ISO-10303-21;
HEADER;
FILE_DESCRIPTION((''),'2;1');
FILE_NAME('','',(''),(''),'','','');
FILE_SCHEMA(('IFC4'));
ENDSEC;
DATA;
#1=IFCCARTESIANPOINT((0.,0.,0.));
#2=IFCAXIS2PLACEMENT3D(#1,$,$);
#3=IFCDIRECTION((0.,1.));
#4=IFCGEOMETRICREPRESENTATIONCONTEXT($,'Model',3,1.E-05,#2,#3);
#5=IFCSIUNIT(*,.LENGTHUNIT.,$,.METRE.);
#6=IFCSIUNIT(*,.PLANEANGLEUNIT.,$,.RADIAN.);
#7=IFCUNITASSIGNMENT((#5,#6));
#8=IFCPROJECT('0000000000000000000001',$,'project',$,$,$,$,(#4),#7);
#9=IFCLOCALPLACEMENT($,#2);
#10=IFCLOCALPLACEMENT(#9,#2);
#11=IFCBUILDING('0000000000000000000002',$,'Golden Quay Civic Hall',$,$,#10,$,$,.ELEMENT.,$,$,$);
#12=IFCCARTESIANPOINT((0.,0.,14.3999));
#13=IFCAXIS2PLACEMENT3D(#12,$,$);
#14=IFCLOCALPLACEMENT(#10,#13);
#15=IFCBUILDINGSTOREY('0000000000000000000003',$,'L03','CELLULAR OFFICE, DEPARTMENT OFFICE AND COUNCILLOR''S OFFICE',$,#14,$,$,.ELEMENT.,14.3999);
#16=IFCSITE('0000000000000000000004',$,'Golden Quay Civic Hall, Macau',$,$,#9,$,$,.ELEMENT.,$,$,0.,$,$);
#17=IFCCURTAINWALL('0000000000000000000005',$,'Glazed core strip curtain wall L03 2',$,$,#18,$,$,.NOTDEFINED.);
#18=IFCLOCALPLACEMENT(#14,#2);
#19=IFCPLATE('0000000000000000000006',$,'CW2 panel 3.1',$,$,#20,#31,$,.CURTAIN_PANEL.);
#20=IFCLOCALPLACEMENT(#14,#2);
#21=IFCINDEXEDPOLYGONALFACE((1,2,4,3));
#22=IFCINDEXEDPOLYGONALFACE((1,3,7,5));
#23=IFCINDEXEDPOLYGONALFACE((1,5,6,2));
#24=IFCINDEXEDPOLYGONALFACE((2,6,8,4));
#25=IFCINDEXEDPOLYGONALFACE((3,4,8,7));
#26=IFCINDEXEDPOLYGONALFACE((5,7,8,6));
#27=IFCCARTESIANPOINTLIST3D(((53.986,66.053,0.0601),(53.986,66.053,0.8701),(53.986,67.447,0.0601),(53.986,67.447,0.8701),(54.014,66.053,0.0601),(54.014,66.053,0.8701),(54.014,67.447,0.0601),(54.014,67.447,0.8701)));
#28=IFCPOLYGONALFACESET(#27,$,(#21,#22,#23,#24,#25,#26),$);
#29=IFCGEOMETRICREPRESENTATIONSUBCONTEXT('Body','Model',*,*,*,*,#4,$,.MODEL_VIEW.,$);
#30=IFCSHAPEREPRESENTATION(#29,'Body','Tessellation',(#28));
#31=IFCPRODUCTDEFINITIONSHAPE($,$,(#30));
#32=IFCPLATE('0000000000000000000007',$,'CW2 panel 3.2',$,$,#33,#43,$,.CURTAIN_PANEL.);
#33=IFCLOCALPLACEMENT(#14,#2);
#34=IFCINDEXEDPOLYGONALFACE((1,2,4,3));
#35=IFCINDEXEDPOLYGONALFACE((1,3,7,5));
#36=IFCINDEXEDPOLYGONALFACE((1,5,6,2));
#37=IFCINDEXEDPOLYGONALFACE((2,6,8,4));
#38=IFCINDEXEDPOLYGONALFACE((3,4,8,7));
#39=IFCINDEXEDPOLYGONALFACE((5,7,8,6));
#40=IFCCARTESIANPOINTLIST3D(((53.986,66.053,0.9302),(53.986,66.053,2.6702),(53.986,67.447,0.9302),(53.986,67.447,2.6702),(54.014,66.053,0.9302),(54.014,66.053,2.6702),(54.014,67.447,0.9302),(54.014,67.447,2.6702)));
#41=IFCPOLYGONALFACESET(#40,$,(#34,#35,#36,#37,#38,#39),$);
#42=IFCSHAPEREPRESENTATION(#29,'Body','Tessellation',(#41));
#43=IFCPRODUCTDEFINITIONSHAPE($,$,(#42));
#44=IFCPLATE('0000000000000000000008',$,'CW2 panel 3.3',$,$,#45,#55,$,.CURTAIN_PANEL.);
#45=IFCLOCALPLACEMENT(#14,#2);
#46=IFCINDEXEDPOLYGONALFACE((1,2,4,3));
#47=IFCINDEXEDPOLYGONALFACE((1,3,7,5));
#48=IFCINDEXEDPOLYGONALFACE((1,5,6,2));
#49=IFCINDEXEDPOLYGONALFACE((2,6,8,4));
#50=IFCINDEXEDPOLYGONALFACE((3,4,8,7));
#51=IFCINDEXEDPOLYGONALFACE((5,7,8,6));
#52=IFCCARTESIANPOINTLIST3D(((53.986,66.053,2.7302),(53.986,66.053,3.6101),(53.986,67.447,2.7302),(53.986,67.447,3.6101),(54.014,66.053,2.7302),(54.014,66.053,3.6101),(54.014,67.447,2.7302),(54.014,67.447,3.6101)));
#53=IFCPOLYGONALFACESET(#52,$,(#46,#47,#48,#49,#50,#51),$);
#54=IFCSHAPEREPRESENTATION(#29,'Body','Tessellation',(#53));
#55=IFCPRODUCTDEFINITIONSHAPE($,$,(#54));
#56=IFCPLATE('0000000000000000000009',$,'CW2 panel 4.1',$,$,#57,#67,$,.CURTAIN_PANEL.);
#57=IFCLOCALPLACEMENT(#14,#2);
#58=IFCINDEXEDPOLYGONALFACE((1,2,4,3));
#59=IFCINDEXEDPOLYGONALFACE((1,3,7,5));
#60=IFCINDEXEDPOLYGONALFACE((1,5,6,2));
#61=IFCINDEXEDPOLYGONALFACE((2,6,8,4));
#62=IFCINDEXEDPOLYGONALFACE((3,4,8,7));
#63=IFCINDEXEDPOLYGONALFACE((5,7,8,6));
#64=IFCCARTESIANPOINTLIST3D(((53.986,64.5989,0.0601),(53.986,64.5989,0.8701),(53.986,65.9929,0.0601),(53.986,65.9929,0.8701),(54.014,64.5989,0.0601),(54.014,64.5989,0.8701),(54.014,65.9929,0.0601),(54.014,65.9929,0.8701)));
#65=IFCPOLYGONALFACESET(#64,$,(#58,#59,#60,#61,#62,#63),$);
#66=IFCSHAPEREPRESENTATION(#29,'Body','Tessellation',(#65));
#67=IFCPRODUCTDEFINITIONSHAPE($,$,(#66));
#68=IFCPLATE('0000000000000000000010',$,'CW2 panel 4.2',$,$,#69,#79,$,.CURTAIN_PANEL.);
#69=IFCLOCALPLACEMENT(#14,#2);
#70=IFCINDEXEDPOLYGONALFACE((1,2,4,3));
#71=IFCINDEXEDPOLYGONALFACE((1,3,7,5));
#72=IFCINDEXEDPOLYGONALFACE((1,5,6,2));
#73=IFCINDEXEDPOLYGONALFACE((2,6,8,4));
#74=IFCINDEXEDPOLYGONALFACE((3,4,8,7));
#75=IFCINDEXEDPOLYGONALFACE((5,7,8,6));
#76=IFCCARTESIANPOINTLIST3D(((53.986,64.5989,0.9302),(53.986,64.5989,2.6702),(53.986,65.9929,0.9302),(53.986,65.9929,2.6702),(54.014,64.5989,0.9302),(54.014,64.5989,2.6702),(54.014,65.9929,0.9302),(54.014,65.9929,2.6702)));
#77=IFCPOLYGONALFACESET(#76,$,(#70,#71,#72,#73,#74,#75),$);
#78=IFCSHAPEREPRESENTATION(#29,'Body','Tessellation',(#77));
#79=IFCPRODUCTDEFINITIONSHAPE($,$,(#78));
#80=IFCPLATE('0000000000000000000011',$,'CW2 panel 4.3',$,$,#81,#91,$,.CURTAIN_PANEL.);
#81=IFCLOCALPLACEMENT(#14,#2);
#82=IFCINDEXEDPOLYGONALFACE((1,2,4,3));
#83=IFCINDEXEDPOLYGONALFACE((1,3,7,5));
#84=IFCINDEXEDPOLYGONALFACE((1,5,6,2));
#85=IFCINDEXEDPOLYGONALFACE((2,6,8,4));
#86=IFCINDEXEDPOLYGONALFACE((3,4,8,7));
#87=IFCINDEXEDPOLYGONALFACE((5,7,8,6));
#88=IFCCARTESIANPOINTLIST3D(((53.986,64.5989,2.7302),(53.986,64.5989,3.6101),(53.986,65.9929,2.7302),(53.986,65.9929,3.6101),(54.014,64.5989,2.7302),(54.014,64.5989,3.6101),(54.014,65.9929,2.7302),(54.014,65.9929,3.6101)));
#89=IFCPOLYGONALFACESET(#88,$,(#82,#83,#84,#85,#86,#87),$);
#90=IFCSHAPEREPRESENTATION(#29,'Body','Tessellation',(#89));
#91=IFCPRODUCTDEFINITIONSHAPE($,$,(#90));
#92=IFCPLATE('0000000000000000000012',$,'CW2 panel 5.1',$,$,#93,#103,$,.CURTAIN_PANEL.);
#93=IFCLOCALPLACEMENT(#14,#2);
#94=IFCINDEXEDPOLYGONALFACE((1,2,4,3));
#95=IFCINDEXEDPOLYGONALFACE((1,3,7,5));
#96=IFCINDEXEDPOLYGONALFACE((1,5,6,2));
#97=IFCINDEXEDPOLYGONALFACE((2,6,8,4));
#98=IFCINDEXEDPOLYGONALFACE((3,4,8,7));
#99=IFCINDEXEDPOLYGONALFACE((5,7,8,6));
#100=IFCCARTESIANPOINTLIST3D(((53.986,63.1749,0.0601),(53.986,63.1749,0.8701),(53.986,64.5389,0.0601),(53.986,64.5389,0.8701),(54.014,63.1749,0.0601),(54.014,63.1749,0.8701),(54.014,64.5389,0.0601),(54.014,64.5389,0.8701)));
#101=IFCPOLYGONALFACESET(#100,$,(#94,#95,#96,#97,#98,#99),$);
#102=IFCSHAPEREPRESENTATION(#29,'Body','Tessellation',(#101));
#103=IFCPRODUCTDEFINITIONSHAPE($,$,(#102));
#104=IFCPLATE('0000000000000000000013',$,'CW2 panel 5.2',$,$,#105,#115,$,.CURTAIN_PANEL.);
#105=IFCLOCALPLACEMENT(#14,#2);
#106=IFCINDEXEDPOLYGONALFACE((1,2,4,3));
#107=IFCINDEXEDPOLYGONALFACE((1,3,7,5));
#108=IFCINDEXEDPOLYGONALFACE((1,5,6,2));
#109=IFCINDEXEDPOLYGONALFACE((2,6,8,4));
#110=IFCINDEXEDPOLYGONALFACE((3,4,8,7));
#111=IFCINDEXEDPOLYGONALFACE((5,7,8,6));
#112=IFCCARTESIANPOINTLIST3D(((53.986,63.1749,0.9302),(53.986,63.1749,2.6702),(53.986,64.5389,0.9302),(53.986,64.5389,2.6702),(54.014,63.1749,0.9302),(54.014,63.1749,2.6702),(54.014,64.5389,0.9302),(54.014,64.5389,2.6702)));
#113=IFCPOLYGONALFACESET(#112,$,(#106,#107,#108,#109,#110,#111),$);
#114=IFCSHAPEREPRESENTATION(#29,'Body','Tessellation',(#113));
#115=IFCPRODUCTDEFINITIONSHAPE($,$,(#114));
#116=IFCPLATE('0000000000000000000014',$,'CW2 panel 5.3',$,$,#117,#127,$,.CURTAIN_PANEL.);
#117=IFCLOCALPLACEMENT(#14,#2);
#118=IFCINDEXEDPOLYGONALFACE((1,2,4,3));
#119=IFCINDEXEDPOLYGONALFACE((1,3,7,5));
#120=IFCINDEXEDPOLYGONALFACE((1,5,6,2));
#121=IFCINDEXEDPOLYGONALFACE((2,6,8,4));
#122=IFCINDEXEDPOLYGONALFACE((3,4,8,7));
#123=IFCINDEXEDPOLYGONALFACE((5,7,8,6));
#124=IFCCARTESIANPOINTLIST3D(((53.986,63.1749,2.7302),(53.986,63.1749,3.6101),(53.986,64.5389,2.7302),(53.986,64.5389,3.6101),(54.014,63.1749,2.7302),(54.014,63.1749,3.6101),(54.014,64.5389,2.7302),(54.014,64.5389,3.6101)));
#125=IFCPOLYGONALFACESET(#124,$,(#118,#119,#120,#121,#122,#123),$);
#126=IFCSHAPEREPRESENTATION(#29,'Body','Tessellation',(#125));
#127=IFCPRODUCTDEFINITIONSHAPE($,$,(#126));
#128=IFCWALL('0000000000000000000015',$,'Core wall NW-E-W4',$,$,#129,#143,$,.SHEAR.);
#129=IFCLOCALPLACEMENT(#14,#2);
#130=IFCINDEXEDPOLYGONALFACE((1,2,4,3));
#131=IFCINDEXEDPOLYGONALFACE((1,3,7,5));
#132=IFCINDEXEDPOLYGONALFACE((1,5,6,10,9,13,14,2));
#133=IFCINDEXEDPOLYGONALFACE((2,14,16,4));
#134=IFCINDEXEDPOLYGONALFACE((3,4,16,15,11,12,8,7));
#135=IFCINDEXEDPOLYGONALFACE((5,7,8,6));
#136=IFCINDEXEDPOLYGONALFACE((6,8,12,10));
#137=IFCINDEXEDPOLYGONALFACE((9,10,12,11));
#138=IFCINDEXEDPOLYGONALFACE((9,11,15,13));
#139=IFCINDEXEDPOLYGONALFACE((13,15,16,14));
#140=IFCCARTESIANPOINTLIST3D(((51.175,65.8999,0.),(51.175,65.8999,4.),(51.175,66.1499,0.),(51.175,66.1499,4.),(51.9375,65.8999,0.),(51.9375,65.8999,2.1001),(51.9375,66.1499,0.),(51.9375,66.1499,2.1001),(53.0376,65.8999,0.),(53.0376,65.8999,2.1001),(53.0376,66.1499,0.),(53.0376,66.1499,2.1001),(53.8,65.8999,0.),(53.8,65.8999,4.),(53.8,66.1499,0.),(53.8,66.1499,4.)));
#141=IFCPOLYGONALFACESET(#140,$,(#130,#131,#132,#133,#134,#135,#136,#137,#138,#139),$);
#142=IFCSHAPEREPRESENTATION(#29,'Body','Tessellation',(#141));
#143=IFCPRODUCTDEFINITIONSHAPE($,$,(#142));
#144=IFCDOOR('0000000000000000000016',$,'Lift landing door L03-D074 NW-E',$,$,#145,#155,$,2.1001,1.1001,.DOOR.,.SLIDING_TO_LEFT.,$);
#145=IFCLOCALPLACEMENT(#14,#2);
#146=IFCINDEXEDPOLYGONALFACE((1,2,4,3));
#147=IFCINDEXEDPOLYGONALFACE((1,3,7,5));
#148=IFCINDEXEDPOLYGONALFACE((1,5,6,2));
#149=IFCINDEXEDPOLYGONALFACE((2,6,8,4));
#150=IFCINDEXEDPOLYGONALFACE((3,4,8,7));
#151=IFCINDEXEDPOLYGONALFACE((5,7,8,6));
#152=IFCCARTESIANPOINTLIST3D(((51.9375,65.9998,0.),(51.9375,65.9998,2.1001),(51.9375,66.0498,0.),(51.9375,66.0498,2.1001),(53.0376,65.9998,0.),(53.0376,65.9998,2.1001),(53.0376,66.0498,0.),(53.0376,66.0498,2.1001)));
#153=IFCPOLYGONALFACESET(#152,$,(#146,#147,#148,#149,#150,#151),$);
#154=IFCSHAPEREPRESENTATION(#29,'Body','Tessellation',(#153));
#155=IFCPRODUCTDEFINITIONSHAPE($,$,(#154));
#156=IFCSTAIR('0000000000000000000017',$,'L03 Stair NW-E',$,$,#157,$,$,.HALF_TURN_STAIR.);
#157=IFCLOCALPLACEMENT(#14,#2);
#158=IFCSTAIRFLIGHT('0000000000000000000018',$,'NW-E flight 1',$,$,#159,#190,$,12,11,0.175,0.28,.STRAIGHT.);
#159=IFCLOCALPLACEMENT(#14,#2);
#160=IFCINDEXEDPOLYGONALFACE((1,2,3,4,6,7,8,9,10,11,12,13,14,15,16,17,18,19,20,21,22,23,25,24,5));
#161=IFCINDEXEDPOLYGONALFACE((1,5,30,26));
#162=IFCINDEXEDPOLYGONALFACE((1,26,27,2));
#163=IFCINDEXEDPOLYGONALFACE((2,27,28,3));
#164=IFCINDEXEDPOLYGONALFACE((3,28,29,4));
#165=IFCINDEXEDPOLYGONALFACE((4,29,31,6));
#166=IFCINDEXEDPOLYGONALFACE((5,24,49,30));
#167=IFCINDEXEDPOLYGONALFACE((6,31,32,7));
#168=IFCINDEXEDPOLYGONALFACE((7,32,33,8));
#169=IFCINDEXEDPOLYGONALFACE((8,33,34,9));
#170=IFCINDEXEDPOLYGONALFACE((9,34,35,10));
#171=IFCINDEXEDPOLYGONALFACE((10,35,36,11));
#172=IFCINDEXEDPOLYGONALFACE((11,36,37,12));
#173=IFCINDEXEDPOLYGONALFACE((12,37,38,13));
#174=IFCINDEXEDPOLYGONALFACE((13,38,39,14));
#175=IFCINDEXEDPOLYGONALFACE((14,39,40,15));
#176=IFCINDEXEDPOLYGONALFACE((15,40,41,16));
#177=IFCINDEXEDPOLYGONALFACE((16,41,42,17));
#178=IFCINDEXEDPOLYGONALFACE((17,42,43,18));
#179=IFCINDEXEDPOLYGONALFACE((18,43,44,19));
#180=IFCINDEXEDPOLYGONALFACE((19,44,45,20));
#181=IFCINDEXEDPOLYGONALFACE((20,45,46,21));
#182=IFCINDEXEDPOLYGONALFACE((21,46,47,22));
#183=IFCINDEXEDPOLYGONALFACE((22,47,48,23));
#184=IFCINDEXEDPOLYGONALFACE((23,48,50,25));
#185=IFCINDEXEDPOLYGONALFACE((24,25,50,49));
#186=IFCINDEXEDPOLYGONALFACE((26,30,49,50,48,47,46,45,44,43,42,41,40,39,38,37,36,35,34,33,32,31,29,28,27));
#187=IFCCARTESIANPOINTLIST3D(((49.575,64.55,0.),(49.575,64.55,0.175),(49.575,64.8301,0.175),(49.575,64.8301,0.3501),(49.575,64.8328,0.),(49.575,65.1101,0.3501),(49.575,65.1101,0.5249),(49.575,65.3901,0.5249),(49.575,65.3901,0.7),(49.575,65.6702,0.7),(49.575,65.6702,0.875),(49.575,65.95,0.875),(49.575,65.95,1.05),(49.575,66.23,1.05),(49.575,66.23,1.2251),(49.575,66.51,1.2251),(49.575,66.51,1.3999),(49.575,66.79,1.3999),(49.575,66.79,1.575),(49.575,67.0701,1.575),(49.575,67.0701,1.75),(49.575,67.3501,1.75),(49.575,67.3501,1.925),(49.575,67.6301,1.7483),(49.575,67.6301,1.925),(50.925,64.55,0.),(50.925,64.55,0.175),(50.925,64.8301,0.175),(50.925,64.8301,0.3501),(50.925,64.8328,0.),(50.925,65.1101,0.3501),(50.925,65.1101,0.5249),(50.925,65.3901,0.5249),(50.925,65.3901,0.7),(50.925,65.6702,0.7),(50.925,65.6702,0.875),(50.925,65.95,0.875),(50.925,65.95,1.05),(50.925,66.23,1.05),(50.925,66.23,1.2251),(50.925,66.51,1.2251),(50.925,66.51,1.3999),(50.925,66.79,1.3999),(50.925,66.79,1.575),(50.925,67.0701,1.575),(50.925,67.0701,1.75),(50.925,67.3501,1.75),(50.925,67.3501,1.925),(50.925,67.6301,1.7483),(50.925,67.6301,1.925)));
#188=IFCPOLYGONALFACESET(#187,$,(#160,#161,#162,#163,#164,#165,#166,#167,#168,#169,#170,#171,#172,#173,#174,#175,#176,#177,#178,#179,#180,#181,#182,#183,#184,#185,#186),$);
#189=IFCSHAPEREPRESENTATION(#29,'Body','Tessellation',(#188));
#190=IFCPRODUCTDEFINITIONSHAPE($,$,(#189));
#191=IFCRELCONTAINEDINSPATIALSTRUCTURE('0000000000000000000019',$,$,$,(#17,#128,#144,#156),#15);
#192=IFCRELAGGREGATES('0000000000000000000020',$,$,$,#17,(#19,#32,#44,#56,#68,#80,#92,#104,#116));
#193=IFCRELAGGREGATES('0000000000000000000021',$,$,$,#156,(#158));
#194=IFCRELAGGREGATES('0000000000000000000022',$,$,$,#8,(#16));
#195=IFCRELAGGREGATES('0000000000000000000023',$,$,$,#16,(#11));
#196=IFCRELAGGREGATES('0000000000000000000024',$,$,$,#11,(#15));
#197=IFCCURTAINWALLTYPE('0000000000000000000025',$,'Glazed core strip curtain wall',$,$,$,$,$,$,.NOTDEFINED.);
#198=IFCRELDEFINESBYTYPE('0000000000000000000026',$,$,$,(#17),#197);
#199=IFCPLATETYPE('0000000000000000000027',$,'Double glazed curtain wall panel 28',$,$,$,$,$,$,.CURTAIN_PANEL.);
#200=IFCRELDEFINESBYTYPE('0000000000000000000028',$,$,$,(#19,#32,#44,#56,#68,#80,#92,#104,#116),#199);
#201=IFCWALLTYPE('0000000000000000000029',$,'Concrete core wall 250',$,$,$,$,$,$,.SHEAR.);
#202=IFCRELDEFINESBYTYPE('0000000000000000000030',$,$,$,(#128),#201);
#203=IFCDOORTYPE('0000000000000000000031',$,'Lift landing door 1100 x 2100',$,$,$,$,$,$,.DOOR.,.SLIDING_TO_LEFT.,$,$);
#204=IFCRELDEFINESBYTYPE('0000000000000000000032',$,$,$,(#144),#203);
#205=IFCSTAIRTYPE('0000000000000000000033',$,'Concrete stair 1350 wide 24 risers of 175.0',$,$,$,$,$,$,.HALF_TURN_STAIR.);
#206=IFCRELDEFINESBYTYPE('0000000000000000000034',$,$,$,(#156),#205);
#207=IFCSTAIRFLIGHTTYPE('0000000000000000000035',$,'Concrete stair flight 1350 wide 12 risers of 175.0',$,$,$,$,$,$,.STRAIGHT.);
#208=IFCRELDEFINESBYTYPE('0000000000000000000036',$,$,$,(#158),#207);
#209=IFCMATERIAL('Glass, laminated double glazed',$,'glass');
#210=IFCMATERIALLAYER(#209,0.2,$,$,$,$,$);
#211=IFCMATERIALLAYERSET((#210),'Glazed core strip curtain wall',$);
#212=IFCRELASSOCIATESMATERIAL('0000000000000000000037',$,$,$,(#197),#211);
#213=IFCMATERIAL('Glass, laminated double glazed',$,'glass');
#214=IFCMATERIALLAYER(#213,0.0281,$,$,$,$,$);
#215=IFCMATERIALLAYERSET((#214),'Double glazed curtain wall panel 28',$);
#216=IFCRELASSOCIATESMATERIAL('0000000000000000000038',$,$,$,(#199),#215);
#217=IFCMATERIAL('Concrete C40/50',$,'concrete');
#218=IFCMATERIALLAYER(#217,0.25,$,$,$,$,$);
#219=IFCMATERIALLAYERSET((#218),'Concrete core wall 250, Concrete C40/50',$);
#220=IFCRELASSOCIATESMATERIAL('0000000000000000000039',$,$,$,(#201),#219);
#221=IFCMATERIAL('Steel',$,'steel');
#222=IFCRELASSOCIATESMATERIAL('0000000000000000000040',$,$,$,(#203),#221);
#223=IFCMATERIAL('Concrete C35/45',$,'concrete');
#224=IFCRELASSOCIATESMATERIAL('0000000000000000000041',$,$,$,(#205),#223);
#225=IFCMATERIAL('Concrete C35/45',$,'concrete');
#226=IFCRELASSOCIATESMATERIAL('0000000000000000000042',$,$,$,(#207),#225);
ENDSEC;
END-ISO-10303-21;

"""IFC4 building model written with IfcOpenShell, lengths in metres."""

from ifc_helpers import new_model, si_unit, direction, frame, frame_2d, origin, origin_2d, place, context, subcontext, project, spatial, polyline, rectangle, outline, extrude, material, layer, layer_set, type_object, element, fill, aggregate, save


model = new_model("IFC4")

# Units and contexts
model_context = context("Model", 3, precision=1e-05, world=origin(), true_north=direction((0.0, 1.0)))
body_context = subcontext(model_context, "Body", "Model", "MODEL_VIEW")
ifc_project = project(units=[si_unit("LENGTHUNIT", "METRE"), si_unit("PLANEANGLEUNIT", "RADIAN")], contexts=[model_context])

# Site, building, storey
site_placement = place(None, origin())
site = spatial("IfcSite", under=ifc_project, at=site_placement, Name="Golden Quay Civic Hall, Macau", CompositionType="ELEMENT", RefElevation=0.0)
building_placement = place(site_placement, origin())
building = spatial("IfcBuilding", under=site, at=building_placement, Name="Golden Quay Civic Hall", CompositionType="ELEMENT")
storey_placement = place(building_placement, frame((0.0, 0.0, 14.3999)))
storey = spatial("IfcBuildingStorey", under=building, at=storey_placement, Name="L03", Description="CELLULAR OFFICE, DEPARTMENT OFFICE AND COUNCILLOR'S OFFICE", CompositionType="ELEMENT", Elevation=14.3999)

# Curtain wall
ifc_material_1 = material(Name="Glass, laminated double glazed", Category="glass")
ifc_layer_1 = layer(ifc_material_1, 0.2)
ifc_layer_set_1 = layer_set([ifc_layer_1], Name="Glazed core strip curtain wall")
curtain_wall_type = type_object("IfcCurtainWallType", Name="Glazed core strip curtain wall", PredefinedType="NOTDEFINED", material=ifc_layer_set_1)
curtain_wall_placement = place(storey_placement, origin())
curtain_wall = element("IfcCurtainWall", 1, at=curtain_wall_placement, inside=storey, type_object=curtain_wall_type, Name="Glazed core strip curtain wall L03 2", PredefinedType="NOTDEFINED")

# Plates
ifc_material_2 = material(Name="Glass, laminated double glazed", Category="glass")
ifc_layer_2 = layer(ifc_material_2, 0.0281)
ifc_layer_set_2 = layer_set([ifc_layer_2], Name="Double glazed curtain wall panel 28")
plate_type = type_object("IfcPlateType", Name="Double glazed curtain wall panel 28", PredefinedType="CURTAIN_PANEL", material=ifc_layer_set_2)
plate_1_placement = place(storey_placement, frame((54.0, 66.75, 0.0601), z_axis=(0.0, 0.0, 1.0), x_axis=(0.0, -1.0, 0.0)))
plate_1 = element("IfcPlate", 2, at=plate_1_placement, type_object=plate_type, Name="CW2 panel 3.1", PredefinedType="CURTAIN_PANEL", context=body_context, shape_type="SweptSolid", body=[
    extrude(rectangle(XDim=1.394, YDim=0.0281, at=origin_2d()), origin(), (0.0, 0.0, 1.0), 0.8101),
])
plate_2_placement = place(storey_placement, frame((54.0, 66.75, 0.9302), z_axis=(0.0, 0.0, 1.0), x_axis=(0.0, -1.0, 0.0)))
plate_2 = element("IfcPlate", 3, at=plate_2_placement, type_object=plate_type, Name="CW2 panel 3.2", PredefinedType="CURTAIN_PANEL", context=body_context, shape_type="SweptSolid", body=[
    extrude(rectangle(XDim=1.394, YDim=0.0281, at=origin_2d()), origin(), (0.0, 0.0, 1.0), 1.74),
])
plate_3_placement = place(storey_placement, frame((54.0, 66.75, 2.7302), z_axis=(0.0, 0.0, 1.0), x_axis=(0.0, -1.0, 0.0)))
plate_3 = element("IfcPlate", 4, at=plate_3_placement, type_object=plate_type, Name="CW2 panel 3.3", PredefinedType="CURTAIN_PANEL", context=body_context, shape_type="SweptSolid", body=[
    extrude(rectangle(XDim=1.394, YDim=0.0281, at=origin_2d()), origin(), (0.0, 0.0, 1.0), 0.8799),
])
plate_4_placement = place(storey_placement, frame((54.0, 65.2959, 0.0601), z_axis=(0.0, 0.0, 1.0), x_axis=(0.0, -1.0, 0.0)))
plate_4 = element("IfcPlate", 5, at=plate_4_placement, type_object=plate_type, Name="CW2 panel 4.1", PredefinedType="CURTAIN_PANEL", context=body_context, shape_type="SweptSolid", body=[
    extrude(rectangle(XDim=1.394, YDim=0.0281, at=origin_2d()), origin(), (0.0, 0.0, 1.0), 0.8101),
])
plate_5_placement = place(storey_placement, frame((54.0, 65.2959, 0.9302), z_axis=(0.0, 0.0, 1.0), x_axis=(0.0, -1.0, 0.0)))
plate_5 = element("IfcPlate", 6, at=plate_5_placement, type_object=plate_type, Name="CW2 panel 4.2", PredefinedType="CURTAIN_PANEL", context=body_context, shape_type="SweptSolid", body=[
    extrude(rectangle(XDim=1.394, YDim=0.0281, at=origin_2d()), origin(), (0.0, 0.0, 1.0), 1.74),
])
plate_6_placement = place(storey_placement, frame((54.0, 65.2959, 2.7302), z_axis=(0.0, 0.0, 1.0), x_axis=(0.0, -1.0, 0.0)))
plate_6 = element("IfcPlate", 7, at=plate_6_placement, type_object=plate_type, Name="CW2 panel 4.3", PredefinedType="CURTAIN_PANEL", context=body_context, shape_type="SweptSolid", body=[
    extrude(rectangle(XDim=1.394, YDim=0.0281, at=origin_2d()), origin(), (0.0, 0.0, 1.0), 0.8799),
])
plate_7_placement = place(storey_placement, frame((54.0, 63.8569, 0.0601), z_axis=(0.0, 0.0, 1.0), x_axis=(0.0, -1.0, 0.0)))
plate_7 = element("IfcPlate", 8, at=plate_7_placement, type_object=plate_type, Name="CW2 panel 5.1", PredefinedType="CURTAIN_PANEL", context=body_context, shape_type="SweptSolid", body=[
    extrude(rectangle(XDim=1.364, YDim=0.0281, at=origin_2d()), origin(), (0.0, 0.0, 1.0), 0.8101),
])
plate_8_placement = place(storey_placement, frame((54.0, 63.8569, 0.9302), z_axis=(0.0, 0.0, 1.0), x_axis=(0.0, -1.0, 0.0)))
plate_8 = element("IfcPlate", 9, at=plate_8_placement, type_object=plate_type, Name="CW2 panel 5.2", PredefinedType="CURTAIN_PANEL", context=body_context, shape_type="SweptSolid", body=[
    extrude(rectangle(XDim=1.364, YDim=0.0281, at=origin_2d()), origin(), (0.0, 0.0, 1.0), 1.74),
])
plate_9_placement = place(storey_placement, frame((54.0, 63.8569, 2.7302), z_axis=(0.0, 0.0, 1.0), x_axis=(0.0, -1.0, 0.0)))
plate_9 = element("IfcPlate", 10, at=plate_9_placement, type_object=plate_type, Name="CW2 panel 5.3", PredefinedType="CURTAIN_PANEL", context=body_context, shape_type="SweptSolid", body=[
    extrude(rectangle(XDim=1.364, YDim=0.0281, at=origin_2d()), origin(), (0.0, 0.0, 1.0), 0.8799),
])
aggregate(curtain_wall, [plate_1, plate_2, plate_3, plate_4, plate_5, plate_6, plate_7, plate_8, plate_9])

# Wall, opening, door
ifc_material_3 = material(Name="Concrete C40/50", Category="concrete")
ifc_layer_3 = layer(ifc_material_3, 0.25)
ifc_layer_set_3 = layer_set([ifc_layer_3], Name="Concrete core wall 250, Concrete C40/50")
wall_type = type_object("IfcWallType", Name="Concrete core wall 250", PredefinedType="SHEAR", material=ifc_layer_set_3)
wall_placement = place(storey_placement, frame((51.175, 66.0249, 0.0), z_axis=(0.0, 0.0, 1.0), x_axis=(1.0, 0.0, 0.0)))
wall = element("IfcWall", 11, at=wall_placement, inside=storey, type_object=wall_type, Name="Core wall NW-E-W4", PredefinedType="SHEAR", context=body_context, shape_type="SweptSolid", body=[
    extrude(rectangle(XDim=2.625, YDim=0.25, at=frame_2d((1.3125, 0.0))), origin(), (0.0, 0.0, 1.0), 4.0),
])
opening_placement = place(wall_placement, frame((0.7625, 0.0, 0.0)))
opening = element("IfcOpeningElement", 12, at=opening_placement, cuts=wall, PredefinedType="OPENING", context=body_context, shape_type="SweptSolid", body=[
    extrude(rectangle(XDim=1.1001, YDim=2.1001, at=frame_2d((0.55, 1.05))), frame((0.0, 0.135, 0.0), z_axis=(0.0, -1.0, 0.0), x_axis=(1.0, 0.0, 0.0)), (0.0, 0.0, 1.0), 0.27),
])
ifc_material_4 = material(Name="Steel", Category="steel")
door_type = type_object("IfcDoorType", Name="Lift landing door 1100 x 2100", OperationType="SLIDING_TO_LEFT", PredefinedType="DOOR", material=ifc_material_4)
door_placement = place(opening_placement, origin())
door = element("IfcDoor", 13, at=door_placement, inside=storey, type_object=door_type, Name="Lift landing door L03-D074 NW-E", OperationType="SLIDING_TO_LEFT", OverallHeight=2.1001, OverallWidth=1.1001, PredefinedType="DOOR", context=body_context, shape_type="SweptSolid", body=[
    extrude(rectangle(XDim=1.1001, YDim=2.1001, at=frame_2d((0.55, 1.05))), frame((0.0, 0.0249, 0.0), z_axis=(0.0, -1.0, 0.0), x_axis=(1.0, 0.0, 0.0)), (0.0, 0.0, 1.0), 0.05),
])
fill(opening, door)

# Stair, stair flight
ifc_material_5 = material(Name="Concrete C35/45", Category="concrete")
stair_type = type_object("IfcStairType", Name="Concrete stair 1350 wide 24 risers of 175.0", PredefinedType="HALF_TURN_STAIR", material=ifc_material_5)
stair_placement = place(storey_placement, origin())
stair = element("IfcStair", 14, at=stair_placement, inside=storey, type_object=stair_type, Name="L03 Stair NW-E", PredefinedType="HALF_TURN_STAIR")
ifc_material_6 = material(Name="Concrete C35/45", Category="concrete")
stair_flight_type = type_object("IfcStairFlightType", Name="Concrete stair flight 1350 wide 12 risers of 175.0", PredefinedType="STRAIGHT", material=ifc_material_6)
stair_flight_placement = place(storey_placement, frame((50.25, 64.55, 0.0), z_axis=(0.0, 0.0, 1.0), x_axis=(0.0, 1.0, 0.0)))
stair_flight = element("IfcStairFlight", 15, at=stair_flight_placement, type_object=stair_flight_type, Name="NW-E flight 1", NumberOfRisers=12, NumberOfTreads=11, PredefinedType="STRAIGHT", RiserHeight=0.175, TreadLength=0.28, context=body_context, shape_type="SweptSolid", body=[
    extrude(outline(polyline([(0.0, 0.0), (0.0, 0.175), (0.28, 0.175), (0.28, 0.3501), (0.5601, 0.3501), (0.5601, 0.5249), (0.8401, 0.5249), (0.8401, 0.7), (1.1201, 0.7), (1.1201, 0.875), (1.3999, 0.875), (1.3999, 1.05), (1.6799, 1.05), (1.6799, 1.2251), (1.96, 1.2251), (1.96, 1.3999), (2.24, 1.3999), (2.24, 1.575), (2.52, 1.575), (2.52, 1.75), (2.8, 1.75), (2.8, 1.925), (3.0801, 1.925), (3.0801, 2.1001), (3.0801, 1.7483), (0.2827, 0.0), (0.0, 0.0)])), frame((0.0, 0.675, 0.0), z_axis=(0.0, -1.0, 0.0), x_axis=(1.0, 0.0, 0.0)), (0.0, 0.0, 1.0), 1.35),
])
aggregate(stair, [stair_flight])

save(model, "model.ifc")
